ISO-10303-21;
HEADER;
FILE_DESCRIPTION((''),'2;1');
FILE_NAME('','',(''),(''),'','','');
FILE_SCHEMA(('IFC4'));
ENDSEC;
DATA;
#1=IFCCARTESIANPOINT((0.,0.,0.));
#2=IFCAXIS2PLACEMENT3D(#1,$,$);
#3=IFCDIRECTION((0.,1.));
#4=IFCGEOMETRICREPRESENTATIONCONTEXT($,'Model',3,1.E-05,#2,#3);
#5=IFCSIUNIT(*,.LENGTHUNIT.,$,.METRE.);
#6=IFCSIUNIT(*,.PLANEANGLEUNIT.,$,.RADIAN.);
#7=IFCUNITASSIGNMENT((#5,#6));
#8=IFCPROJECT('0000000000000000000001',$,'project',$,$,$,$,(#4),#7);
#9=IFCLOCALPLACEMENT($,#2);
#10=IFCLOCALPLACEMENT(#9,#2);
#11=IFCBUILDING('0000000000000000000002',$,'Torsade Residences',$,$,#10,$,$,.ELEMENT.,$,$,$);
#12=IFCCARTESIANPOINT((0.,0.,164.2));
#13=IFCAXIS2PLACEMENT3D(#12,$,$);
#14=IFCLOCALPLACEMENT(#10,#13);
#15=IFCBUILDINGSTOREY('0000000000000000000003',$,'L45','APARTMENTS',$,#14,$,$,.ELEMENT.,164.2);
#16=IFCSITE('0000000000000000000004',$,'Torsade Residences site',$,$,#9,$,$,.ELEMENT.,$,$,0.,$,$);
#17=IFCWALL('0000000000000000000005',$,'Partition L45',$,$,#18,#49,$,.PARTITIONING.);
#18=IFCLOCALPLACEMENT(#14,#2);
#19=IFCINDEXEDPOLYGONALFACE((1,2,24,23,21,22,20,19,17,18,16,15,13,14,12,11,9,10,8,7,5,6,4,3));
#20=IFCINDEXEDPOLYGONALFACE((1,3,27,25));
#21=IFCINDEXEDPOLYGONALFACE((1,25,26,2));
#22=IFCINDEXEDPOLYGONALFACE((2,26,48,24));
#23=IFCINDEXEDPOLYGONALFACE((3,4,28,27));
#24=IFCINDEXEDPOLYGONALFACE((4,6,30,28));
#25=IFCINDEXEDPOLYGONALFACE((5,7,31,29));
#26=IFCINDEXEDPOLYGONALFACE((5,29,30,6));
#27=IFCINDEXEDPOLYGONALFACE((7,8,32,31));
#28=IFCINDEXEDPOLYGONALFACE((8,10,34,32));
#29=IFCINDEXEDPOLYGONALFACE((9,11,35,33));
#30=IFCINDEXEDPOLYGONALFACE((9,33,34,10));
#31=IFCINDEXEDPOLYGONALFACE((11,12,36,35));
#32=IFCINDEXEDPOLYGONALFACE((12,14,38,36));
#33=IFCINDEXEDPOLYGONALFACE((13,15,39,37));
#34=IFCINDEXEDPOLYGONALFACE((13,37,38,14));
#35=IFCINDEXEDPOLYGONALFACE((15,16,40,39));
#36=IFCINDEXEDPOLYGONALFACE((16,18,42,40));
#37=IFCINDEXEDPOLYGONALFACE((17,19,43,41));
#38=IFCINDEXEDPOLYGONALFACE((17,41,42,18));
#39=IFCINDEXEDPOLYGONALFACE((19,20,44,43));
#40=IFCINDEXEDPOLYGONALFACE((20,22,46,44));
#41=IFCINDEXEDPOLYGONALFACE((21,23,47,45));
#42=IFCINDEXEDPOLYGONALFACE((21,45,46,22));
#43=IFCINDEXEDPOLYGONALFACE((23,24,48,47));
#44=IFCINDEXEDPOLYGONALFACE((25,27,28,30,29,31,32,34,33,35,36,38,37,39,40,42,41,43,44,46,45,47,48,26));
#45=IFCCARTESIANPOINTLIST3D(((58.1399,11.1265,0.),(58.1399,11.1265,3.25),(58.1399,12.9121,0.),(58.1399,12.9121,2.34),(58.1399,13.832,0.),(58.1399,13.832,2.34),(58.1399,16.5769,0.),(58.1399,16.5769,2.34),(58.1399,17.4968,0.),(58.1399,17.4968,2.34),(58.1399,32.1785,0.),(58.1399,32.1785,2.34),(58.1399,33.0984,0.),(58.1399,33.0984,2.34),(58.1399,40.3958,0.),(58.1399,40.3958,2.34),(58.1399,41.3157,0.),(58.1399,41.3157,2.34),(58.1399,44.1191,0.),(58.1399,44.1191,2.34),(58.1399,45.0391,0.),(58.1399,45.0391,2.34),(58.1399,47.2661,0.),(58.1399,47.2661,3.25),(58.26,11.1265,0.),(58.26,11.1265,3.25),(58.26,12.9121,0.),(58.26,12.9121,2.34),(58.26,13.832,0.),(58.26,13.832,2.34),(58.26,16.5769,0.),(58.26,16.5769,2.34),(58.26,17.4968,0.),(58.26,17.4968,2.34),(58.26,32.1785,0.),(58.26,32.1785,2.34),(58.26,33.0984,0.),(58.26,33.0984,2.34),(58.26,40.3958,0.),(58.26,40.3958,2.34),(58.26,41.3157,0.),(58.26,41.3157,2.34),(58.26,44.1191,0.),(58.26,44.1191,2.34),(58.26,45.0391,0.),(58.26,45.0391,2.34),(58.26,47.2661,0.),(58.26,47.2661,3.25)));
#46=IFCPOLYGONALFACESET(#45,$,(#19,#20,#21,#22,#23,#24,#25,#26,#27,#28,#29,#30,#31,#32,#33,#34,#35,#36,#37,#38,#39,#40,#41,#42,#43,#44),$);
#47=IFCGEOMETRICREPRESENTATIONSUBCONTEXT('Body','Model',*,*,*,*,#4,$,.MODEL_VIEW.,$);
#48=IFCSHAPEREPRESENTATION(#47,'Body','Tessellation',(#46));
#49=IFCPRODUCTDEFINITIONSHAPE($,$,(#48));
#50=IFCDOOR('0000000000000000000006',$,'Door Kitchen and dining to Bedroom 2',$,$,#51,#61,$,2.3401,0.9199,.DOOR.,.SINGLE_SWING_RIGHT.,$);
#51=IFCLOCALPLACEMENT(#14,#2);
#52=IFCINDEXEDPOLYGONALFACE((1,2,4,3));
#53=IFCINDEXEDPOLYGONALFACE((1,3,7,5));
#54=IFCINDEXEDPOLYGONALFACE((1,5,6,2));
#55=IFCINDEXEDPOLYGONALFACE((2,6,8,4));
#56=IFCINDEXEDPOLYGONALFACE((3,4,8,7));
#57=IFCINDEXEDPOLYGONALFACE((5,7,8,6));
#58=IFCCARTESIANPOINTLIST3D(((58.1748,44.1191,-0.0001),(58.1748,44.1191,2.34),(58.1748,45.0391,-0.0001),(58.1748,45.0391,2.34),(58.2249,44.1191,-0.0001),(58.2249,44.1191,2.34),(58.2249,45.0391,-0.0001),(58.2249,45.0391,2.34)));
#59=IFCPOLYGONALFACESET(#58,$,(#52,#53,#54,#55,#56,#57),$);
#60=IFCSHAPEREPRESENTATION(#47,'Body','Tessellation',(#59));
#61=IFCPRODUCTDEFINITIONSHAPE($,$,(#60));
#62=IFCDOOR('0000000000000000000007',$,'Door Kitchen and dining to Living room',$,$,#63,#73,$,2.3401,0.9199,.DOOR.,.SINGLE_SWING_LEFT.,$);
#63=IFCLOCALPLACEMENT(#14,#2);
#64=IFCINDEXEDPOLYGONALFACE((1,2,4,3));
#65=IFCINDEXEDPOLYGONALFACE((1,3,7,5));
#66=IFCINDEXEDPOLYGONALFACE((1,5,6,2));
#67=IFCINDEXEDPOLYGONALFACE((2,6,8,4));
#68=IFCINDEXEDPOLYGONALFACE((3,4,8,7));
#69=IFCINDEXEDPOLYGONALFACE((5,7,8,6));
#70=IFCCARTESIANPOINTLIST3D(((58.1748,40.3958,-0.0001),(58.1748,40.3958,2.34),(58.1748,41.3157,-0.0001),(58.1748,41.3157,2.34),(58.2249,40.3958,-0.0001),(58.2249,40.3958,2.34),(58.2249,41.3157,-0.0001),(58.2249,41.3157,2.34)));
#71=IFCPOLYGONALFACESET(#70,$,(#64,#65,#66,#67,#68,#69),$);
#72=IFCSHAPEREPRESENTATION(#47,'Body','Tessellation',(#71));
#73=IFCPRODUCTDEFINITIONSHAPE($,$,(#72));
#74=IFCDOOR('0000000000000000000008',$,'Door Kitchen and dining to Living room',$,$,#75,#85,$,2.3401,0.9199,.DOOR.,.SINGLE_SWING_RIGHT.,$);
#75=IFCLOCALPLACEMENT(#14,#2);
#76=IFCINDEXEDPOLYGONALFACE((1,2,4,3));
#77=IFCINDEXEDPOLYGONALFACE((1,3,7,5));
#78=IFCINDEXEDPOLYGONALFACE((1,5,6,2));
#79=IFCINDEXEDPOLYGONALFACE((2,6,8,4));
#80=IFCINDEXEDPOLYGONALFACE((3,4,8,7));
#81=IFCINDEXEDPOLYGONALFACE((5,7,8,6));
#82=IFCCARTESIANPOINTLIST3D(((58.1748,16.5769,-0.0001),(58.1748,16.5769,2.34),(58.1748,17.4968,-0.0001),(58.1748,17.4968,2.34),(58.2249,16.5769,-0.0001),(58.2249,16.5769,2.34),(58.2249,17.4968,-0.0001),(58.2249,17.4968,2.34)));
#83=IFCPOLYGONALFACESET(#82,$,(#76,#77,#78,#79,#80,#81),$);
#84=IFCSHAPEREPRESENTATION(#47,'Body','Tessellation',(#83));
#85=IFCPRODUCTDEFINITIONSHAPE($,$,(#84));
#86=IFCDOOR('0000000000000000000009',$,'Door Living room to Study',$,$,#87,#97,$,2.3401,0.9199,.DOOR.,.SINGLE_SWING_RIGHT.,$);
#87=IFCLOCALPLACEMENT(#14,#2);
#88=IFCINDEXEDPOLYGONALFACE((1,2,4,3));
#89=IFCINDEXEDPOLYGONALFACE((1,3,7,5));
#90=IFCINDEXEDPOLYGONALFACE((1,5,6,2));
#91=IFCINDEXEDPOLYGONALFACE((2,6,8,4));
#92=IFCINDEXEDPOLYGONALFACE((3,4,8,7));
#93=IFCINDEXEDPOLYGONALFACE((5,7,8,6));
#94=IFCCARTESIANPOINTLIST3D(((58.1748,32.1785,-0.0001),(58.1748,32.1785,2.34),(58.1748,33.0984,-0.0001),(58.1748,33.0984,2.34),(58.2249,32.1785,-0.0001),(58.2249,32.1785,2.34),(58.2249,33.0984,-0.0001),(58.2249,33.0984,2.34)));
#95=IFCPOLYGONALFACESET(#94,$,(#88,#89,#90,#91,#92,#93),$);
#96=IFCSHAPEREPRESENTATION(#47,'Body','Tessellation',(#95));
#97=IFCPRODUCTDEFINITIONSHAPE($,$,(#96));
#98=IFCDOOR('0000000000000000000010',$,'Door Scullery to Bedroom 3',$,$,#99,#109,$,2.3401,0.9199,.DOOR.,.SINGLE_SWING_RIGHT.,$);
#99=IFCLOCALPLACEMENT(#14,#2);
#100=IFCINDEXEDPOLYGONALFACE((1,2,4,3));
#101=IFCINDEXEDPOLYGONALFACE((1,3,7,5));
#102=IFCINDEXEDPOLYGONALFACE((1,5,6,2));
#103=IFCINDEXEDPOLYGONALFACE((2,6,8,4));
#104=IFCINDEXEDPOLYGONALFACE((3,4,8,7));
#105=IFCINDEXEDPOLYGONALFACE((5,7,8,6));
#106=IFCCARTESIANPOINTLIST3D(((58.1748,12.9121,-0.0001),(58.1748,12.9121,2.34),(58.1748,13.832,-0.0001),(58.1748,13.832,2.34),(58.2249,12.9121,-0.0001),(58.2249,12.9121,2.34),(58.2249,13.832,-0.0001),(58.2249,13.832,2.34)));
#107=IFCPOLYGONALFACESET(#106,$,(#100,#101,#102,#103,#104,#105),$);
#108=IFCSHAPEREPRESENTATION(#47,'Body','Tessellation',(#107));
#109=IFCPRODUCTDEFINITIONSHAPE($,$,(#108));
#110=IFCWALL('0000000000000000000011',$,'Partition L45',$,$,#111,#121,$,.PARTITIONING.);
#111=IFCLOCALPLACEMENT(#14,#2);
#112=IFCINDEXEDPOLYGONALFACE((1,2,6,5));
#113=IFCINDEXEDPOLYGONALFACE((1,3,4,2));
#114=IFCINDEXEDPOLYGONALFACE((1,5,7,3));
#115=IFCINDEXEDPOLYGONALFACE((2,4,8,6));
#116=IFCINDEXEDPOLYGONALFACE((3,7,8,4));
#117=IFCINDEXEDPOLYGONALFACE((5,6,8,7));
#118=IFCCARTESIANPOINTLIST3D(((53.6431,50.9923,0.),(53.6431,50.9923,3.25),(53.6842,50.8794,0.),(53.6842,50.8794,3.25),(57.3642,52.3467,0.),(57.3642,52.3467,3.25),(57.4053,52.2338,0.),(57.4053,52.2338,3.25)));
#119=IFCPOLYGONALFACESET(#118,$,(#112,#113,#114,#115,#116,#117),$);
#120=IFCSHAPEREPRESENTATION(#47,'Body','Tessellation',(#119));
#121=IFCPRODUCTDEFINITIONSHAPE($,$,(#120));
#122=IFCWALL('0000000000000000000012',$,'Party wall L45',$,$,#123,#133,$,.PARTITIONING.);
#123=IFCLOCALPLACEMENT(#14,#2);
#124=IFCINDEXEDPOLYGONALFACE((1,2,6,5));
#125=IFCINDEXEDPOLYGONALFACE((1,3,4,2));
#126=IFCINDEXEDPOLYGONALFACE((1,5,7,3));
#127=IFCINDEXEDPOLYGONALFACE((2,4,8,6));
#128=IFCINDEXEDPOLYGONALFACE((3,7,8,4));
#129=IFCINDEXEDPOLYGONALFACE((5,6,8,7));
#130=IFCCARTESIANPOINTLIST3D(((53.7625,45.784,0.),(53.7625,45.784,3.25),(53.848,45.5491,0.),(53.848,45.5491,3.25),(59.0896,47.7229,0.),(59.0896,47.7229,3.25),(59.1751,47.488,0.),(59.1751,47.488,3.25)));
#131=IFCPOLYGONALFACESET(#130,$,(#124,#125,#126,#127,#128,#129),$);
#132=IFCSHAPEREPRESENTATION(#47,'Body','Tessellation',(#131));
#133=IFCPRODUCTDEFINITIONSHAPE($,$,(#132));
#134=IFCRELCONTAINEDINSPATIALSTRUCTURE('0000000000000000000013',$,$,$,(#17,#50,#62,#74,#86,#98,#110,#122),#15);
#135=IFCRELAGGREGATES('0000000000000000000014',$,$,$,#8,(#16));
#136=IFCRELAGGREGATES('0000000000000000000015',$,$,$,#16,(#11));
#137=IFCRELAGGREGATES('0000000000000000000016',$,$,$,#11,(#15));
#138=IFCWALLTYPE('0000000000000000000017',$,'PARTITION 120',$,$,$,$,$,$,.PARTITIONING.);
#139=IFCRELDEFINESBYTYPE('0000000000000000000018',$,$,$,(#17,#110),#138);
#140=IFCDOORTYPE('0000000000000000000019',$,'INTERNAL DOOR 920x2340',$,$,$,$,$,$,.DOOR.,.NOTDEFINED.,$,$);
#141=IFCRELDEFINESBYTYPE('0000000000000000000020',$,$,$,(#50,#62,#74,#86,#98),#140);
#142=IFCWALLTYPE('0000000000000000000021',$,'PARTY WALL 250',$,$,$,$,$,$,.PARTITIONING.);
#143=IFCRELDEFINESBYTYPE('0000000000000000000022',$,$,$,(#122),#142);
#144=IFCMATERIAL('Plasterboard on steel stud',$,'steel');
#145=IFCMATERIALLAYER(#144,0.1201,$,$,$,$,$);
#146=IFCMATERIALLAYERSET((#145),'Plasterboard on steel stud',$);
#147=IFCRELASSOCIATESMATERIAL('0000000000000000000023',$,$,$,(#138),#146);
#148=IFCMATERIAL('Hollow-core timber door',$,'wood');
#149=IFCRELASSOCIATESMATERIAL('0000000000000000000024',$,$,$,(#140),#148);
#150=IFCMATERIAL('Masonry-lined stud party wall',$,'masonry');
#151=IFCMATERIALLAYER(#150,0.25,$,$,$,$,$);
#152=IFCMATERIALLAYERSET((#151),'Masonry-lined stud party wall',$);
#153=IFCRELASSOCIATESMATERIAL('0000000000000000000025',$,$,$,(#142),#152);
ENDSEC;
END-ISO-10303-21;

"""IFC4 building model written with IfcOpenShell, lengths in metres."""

from ifc_helpers import new_model, si_unit, direction, frame, frame_2d, origin, place, context, subcontext, project, spatial, rectangle, extrude, material, layer, layer_set, type_object, element, fill, save


model = new_model("IFC4")

# Units and contexts
model_context = context("Model", 3, precision=1e-05, world=origin(), true_north=direction((0.0, 1.0)))
body_context = subcontext(model_context, "Body", "Model", "MODEL_VIEW")
ifc_project = project(units=[si_unit("LENGTHUNIT", "METRE"), si_unit("PLANEANGLEUNIT", "RADIAN")], contexts=[model_context])

# Site, building, storey
site_placement = place(None, origin())
site = spatial("IfcSite", under=ifc_project, at=site_placement, Name="Torsade Residences site", CompositionType="ELEMENT", RefElevation=0.0)
building_placement = place(site_placement, origin())
building = spatial("IfcBuilding", under=site, at=building_placement, Name="Torsade Residences", CompositionType="ELEMENT")
storey_placement = place(building_placement, frame((0.0, 0.0, 164.2)))
storey = spatial("IfcBuildingStorey", under=building, at=storey_placement, Name="L45", Description="APARTMENTS", CompositionType="ELEMENT", Elevation=164.2)

# Wall, openings, doors
ifc_material_1 = material(Name="Plasterboard on steel stud", Category="steel")
ifc_layer_1 = layer(ifc_material_1, 0.1201)
ifc_layer_set_1 = layer_set([ifc_layer_1], Name="Plasterboard on steel stud")
wall_type_1 = type_object("IfcWallType", Name="PARTITION 120", PredefinedType="PARTITIONING", material=ifc_layer_set_1)
wall_1_placement = place(storey_placement, frame((58.2, 47.2661, 0.0), z_axis=(0.0, 0.0, 1.0), x_axis=(0.0, -1.0, 0.0)))
wall_1 = element("IfcWall", 1, at=wall_1_placement, inside=storey, type_object=wall_type_1, Name="Partition L45", PredefinedType="PARTITIONING", context=body_context, shape_type="SweptSolid", body=[
    extrude(rectangle(XDim=36.1396, YDim=0.1201, at=frame_2d((18.0698, 0.0))), origin(), (0.0, 0.0, 1.0), 3.25),
])
opening_1_placement = place(wall_1_placement, frame((2.2271, 0.0, 0.0)))
opening_1 = element("IfcOpeningElement", 2, at=opening_1_placement, cuts=wall_1, PredefinedType="OPENING", context=body_context, shape_type="SweptSolid", body=[
    extrude(rectangle(XDim=0.9199, YDim=2.3401, at=frame_2d((0.46, 1.1699))), frame((0.0, 0.0701, 0.0), z_axis=(0.0, -1.0, 0.0), x_axis=(1.0, 0.0, 0.0)), (0.0, 0.0, 1.0), 0.1401),
])
opening_2_placement = place(wall_1_placement, frame((5.9504, 0.0, 0.0)))
opening_2 = element("IfcOpeningElement", 3, at=opening_2_placement, cuts=wall_1, PredefinedType="OPENING", context=body_context, shape_type="SweptSolid", body=[
    extrude(rectangle(XDim=0.9199, YDim=2.3401, at=frame_2d((0.46, 1.1699))), frame((0.0, 0.0701, 0.0), z_axis=(0.0, -1.0, 0.0), x_axis=(1.0, 0.0, 0.0)), (0.0, 0.0, 1.0), 0.1401),
])
opening_3_placement = place(wall_1_placement, frame((29.7693, 0.0, 0.0)))
opening_3 = element("IfcOpeningElement", 4, at=opening_3_placement, cuts=wall_1, PredefinedType="OPENING", context=body_context, shape_type="SweptSolid", body=[
    extrude(rectangle(XDim=0.9199, YDim=2.3401, at=frame_2d((0.46, 1.1699))), frame((0.0, 0.0701, 0.0), z_axis=(0.0, -1.0, 0.0), x_axis=(1.0, 0.0, 0.0)), (0.0, 0.0, 1.0), 0.1401),
])
opening_4_placement = place(wall_1_placement, frame((14.1677, 0.0, 0.0)))
opening_4 = element("IfcOpeningElement", 5, at=opening_4_placement, cuts=wall_1, PredefinedType="OPENING", context=body_context, shape_type="SweptSolid", body=[
    extrude(rectangle(XDim=0.9199, YDim=2.3401, at=frame_2d((0.46, 1.1699))), frame((0.0, 0.0701, 0.0), z_axis=(0.0, -1.0, 0.0), x_axis=(1.0, 0.0, 0.0)), (0.0, 0.0, 1.0), 0.1401),
])
opening_5_placement = place(wall_1_placement, frame((33.4341, 0.0, 0.0)))
opening_5 = element("IfcOpeningElement", 6, at=opening_5_placement, cuts=wall_1, PredefinedType="OPENING", context=body_context, shape_type="SweptSolid", body=[
    extrude(rectangle(XDim=0.9199, YDim=2.3401, at=frame_2d((0.46, 1.1699))), frame((0.0, 0.0701, 0.0), z_axis=(0.0, -1.0, 0.0), x_axis=(1.0, 0.0, 0.0)), (0.0, 0.0, 1.0), 0.1401),
])
ifc_material_2 = material(Name="Hollow-core timber door", Category="wood")
door_type_1 = type_object("IfcDoorType", Name="INTERNAL DOOR 920x2340", OperationType="NOTDEFINED", PredefinedType="DOOR", material=ifc_material_2)
door_1_placement = place(opening_1_placement, origin())
door_1 = element("IfcDoor", 7, at=door_1_placement, inside=storey, type_object=door_type_1, Name="Door Kitchen and dining to Bedroom 2", OperationType="SINGLE_SWING_RIGHT", OverallHeight=2.3401, OverallWidth=0.9199, PredefinedType="DOOR", context=body_context, shape_type="SweptSolid", body=[
    extrude(rectangle(XDim=0.9199, YDim=2.3401, at=frame_2d((0.46, 1.1699))), frame((0.0, 0.0249, 0.0), z_axis=(0.0, -1.0, 0.0), x_axis=(1.0, 0.0, 0.0)), (0.0, 0.0, 1.0), 0.05),
])
fill(opening_1, door_1)
door_2_placement = place(opening_2_placement, origin())
door_2 = element("IfcDoor", 8, at=door_2_placement, inside=storey, type_object=door_type_1, Name="Door Kitchen and dining to Living room", OperationType="SINGLE_SWING_LEFT", OverallHeight=2.3401, OverallWidth=0.9199, PredefinedType="DOOR", context=body_context, shape_type="SweptSolid", body=[
    extrude(rectangle(XDim=0.9199, YDim=2.3401, at=frame_2d((0.46, 1.1699))), frame((0.0, 0.0249, 0.0), z_axis=(0.0, -1.0, 0.0), x_axis=(1.0, 0.0, 0.0)), (0.0, 0.0, 1.0), 0.05),
])
fill(opening_2, door_2)
door_3_placement = place(opening_3_placement, origin())
door_3 = element("IfcDoor", 9, at=door_3_placement, inside=storey, type_object=door_type_1, Name="Door Kitchen and dining to Living room", OperationType="SINGLE_SWING_RIGHT", OverallHeight=2.3401, OverallWidth=0.9199, PredefinedType="DOOR", context=body_context, shape_type="SweptSolid", body=[
    extrude(rectangle(XDim=0.9199, YDim=2.3401, at=frame_2d((0.46, 1.1699))), frame((0.0, 0.0249, 0.0), z_axis=(0.0, -1.0, 0.0), x_axis=(1.0, 0.0, 0.0)), (0.0, 0.0, 1.0), 0.05),
])
fill(opening_3, door_3)
door_4_placement = place(opening_4_placement, origin())
door_4 = element("IfcDoor", 10, at=door_4_placement, inside=storey, type_object=door_type_1, Name="Door Living room to Study", OperationType="SINGLE_SWING_RIGHT", OverallHeight=2.3401, OverallWidth=0.9199, PredefinedType="DOOR", context=body_context, shape_type="SweptSolid", body=[
    extrude(rectangle(XDim=0.9199, YDim=2.3401, at=frame_2d((0.46, 1.1699))), frame((0.0, 0.0249, 0.0), z_axis=(0.0, -1.0, 0.0), x_axis=(1.0, 0.0, 0.0)), (0.0, 0.0, 1.0), 0.05),
])
fill(opening_4, door_4)
door_5_placement = place(opening_5_placement, origin())
door_5 = element("IfcDoor", 11, at=door_5_placement, inside=storey, type_object=door_type_1, Name="Door Scullery to Bedroom 3", OperationType="SINGLE_SWING_RIGHT", OverallHeight=2.3401, OverallWidth=0.9199, PredefinedType="DOOR", context=body_context, shape_type="SweptSolid", body=[
    extrude(rectangle(XDim=0.9199, YDim=2.3401, at=frame_2d((0.46, 1.1699))), frame((0.0, 0.0249, 0.0), z_axis=(0.0, -1.0, 0.0), x_axis=(1.0, 0.0, 0.0)), (0.0, 0.0, 1.0), 0.05),
])
fill(opening_5, door_5)

# Walls
wall_2_placement = place(storey_placement, frame((57.3848, 52.2903, 0.0), z_axis=(0.0, 0.0, 1.0), x_axis=(-0.939685, -0.34204, 0.0)))
element("IfcWall", 12, at=wall_2_placement, inside=storey, type_object=wall_type_1, Name="Partition L45", PredefinedType="PARTITIONING", context=body_context, shape_type="SweptSolid", body=[
    extrude(rectangle(XDim=3.96, YDim=0.1201, at=frame_2d((1.98, 0.0))), origin(), (0.0, 0.0, 1.0), 3.25),
])
ifc_material_3 = material(Name="Masonry-lined stud party wall", Category="masonry")
ifc_layer_2 = layer(ifc_material_3, 0.25)
ifc_layer_set_2 = layer_set([ifc_layer_2], Name="Masonry-lined stud party wall")
wall_type_2 = type_object("IfcWallType", Name="PARTY WALL 250", PredefinedType="PARTITIONING", material=ifc_layer_set_2)
wall_3_placement = place(storey_placement, frame((59.1323, 47.6055, 0.0), z_axis=(0.0, 0.0, 1.0), x_axis=(-0.93969, -0.342027, 0.0)))
element("IfcWall", 13, at=wall_3_placement, inside=storey, type_object=wall_type_2, Name="Party wall L45", PredefinedType="PARTITIONING", context=body_context, shape_type="SweptSolid", body=[
    extrude(rectangle(XDim=5.6689, YDim=0.25, at=frame_2d((2.8345, 0.0))), origin(), (0.0, 0.0, 1.0), 3.25),
])

save(model, "model.ifc")
